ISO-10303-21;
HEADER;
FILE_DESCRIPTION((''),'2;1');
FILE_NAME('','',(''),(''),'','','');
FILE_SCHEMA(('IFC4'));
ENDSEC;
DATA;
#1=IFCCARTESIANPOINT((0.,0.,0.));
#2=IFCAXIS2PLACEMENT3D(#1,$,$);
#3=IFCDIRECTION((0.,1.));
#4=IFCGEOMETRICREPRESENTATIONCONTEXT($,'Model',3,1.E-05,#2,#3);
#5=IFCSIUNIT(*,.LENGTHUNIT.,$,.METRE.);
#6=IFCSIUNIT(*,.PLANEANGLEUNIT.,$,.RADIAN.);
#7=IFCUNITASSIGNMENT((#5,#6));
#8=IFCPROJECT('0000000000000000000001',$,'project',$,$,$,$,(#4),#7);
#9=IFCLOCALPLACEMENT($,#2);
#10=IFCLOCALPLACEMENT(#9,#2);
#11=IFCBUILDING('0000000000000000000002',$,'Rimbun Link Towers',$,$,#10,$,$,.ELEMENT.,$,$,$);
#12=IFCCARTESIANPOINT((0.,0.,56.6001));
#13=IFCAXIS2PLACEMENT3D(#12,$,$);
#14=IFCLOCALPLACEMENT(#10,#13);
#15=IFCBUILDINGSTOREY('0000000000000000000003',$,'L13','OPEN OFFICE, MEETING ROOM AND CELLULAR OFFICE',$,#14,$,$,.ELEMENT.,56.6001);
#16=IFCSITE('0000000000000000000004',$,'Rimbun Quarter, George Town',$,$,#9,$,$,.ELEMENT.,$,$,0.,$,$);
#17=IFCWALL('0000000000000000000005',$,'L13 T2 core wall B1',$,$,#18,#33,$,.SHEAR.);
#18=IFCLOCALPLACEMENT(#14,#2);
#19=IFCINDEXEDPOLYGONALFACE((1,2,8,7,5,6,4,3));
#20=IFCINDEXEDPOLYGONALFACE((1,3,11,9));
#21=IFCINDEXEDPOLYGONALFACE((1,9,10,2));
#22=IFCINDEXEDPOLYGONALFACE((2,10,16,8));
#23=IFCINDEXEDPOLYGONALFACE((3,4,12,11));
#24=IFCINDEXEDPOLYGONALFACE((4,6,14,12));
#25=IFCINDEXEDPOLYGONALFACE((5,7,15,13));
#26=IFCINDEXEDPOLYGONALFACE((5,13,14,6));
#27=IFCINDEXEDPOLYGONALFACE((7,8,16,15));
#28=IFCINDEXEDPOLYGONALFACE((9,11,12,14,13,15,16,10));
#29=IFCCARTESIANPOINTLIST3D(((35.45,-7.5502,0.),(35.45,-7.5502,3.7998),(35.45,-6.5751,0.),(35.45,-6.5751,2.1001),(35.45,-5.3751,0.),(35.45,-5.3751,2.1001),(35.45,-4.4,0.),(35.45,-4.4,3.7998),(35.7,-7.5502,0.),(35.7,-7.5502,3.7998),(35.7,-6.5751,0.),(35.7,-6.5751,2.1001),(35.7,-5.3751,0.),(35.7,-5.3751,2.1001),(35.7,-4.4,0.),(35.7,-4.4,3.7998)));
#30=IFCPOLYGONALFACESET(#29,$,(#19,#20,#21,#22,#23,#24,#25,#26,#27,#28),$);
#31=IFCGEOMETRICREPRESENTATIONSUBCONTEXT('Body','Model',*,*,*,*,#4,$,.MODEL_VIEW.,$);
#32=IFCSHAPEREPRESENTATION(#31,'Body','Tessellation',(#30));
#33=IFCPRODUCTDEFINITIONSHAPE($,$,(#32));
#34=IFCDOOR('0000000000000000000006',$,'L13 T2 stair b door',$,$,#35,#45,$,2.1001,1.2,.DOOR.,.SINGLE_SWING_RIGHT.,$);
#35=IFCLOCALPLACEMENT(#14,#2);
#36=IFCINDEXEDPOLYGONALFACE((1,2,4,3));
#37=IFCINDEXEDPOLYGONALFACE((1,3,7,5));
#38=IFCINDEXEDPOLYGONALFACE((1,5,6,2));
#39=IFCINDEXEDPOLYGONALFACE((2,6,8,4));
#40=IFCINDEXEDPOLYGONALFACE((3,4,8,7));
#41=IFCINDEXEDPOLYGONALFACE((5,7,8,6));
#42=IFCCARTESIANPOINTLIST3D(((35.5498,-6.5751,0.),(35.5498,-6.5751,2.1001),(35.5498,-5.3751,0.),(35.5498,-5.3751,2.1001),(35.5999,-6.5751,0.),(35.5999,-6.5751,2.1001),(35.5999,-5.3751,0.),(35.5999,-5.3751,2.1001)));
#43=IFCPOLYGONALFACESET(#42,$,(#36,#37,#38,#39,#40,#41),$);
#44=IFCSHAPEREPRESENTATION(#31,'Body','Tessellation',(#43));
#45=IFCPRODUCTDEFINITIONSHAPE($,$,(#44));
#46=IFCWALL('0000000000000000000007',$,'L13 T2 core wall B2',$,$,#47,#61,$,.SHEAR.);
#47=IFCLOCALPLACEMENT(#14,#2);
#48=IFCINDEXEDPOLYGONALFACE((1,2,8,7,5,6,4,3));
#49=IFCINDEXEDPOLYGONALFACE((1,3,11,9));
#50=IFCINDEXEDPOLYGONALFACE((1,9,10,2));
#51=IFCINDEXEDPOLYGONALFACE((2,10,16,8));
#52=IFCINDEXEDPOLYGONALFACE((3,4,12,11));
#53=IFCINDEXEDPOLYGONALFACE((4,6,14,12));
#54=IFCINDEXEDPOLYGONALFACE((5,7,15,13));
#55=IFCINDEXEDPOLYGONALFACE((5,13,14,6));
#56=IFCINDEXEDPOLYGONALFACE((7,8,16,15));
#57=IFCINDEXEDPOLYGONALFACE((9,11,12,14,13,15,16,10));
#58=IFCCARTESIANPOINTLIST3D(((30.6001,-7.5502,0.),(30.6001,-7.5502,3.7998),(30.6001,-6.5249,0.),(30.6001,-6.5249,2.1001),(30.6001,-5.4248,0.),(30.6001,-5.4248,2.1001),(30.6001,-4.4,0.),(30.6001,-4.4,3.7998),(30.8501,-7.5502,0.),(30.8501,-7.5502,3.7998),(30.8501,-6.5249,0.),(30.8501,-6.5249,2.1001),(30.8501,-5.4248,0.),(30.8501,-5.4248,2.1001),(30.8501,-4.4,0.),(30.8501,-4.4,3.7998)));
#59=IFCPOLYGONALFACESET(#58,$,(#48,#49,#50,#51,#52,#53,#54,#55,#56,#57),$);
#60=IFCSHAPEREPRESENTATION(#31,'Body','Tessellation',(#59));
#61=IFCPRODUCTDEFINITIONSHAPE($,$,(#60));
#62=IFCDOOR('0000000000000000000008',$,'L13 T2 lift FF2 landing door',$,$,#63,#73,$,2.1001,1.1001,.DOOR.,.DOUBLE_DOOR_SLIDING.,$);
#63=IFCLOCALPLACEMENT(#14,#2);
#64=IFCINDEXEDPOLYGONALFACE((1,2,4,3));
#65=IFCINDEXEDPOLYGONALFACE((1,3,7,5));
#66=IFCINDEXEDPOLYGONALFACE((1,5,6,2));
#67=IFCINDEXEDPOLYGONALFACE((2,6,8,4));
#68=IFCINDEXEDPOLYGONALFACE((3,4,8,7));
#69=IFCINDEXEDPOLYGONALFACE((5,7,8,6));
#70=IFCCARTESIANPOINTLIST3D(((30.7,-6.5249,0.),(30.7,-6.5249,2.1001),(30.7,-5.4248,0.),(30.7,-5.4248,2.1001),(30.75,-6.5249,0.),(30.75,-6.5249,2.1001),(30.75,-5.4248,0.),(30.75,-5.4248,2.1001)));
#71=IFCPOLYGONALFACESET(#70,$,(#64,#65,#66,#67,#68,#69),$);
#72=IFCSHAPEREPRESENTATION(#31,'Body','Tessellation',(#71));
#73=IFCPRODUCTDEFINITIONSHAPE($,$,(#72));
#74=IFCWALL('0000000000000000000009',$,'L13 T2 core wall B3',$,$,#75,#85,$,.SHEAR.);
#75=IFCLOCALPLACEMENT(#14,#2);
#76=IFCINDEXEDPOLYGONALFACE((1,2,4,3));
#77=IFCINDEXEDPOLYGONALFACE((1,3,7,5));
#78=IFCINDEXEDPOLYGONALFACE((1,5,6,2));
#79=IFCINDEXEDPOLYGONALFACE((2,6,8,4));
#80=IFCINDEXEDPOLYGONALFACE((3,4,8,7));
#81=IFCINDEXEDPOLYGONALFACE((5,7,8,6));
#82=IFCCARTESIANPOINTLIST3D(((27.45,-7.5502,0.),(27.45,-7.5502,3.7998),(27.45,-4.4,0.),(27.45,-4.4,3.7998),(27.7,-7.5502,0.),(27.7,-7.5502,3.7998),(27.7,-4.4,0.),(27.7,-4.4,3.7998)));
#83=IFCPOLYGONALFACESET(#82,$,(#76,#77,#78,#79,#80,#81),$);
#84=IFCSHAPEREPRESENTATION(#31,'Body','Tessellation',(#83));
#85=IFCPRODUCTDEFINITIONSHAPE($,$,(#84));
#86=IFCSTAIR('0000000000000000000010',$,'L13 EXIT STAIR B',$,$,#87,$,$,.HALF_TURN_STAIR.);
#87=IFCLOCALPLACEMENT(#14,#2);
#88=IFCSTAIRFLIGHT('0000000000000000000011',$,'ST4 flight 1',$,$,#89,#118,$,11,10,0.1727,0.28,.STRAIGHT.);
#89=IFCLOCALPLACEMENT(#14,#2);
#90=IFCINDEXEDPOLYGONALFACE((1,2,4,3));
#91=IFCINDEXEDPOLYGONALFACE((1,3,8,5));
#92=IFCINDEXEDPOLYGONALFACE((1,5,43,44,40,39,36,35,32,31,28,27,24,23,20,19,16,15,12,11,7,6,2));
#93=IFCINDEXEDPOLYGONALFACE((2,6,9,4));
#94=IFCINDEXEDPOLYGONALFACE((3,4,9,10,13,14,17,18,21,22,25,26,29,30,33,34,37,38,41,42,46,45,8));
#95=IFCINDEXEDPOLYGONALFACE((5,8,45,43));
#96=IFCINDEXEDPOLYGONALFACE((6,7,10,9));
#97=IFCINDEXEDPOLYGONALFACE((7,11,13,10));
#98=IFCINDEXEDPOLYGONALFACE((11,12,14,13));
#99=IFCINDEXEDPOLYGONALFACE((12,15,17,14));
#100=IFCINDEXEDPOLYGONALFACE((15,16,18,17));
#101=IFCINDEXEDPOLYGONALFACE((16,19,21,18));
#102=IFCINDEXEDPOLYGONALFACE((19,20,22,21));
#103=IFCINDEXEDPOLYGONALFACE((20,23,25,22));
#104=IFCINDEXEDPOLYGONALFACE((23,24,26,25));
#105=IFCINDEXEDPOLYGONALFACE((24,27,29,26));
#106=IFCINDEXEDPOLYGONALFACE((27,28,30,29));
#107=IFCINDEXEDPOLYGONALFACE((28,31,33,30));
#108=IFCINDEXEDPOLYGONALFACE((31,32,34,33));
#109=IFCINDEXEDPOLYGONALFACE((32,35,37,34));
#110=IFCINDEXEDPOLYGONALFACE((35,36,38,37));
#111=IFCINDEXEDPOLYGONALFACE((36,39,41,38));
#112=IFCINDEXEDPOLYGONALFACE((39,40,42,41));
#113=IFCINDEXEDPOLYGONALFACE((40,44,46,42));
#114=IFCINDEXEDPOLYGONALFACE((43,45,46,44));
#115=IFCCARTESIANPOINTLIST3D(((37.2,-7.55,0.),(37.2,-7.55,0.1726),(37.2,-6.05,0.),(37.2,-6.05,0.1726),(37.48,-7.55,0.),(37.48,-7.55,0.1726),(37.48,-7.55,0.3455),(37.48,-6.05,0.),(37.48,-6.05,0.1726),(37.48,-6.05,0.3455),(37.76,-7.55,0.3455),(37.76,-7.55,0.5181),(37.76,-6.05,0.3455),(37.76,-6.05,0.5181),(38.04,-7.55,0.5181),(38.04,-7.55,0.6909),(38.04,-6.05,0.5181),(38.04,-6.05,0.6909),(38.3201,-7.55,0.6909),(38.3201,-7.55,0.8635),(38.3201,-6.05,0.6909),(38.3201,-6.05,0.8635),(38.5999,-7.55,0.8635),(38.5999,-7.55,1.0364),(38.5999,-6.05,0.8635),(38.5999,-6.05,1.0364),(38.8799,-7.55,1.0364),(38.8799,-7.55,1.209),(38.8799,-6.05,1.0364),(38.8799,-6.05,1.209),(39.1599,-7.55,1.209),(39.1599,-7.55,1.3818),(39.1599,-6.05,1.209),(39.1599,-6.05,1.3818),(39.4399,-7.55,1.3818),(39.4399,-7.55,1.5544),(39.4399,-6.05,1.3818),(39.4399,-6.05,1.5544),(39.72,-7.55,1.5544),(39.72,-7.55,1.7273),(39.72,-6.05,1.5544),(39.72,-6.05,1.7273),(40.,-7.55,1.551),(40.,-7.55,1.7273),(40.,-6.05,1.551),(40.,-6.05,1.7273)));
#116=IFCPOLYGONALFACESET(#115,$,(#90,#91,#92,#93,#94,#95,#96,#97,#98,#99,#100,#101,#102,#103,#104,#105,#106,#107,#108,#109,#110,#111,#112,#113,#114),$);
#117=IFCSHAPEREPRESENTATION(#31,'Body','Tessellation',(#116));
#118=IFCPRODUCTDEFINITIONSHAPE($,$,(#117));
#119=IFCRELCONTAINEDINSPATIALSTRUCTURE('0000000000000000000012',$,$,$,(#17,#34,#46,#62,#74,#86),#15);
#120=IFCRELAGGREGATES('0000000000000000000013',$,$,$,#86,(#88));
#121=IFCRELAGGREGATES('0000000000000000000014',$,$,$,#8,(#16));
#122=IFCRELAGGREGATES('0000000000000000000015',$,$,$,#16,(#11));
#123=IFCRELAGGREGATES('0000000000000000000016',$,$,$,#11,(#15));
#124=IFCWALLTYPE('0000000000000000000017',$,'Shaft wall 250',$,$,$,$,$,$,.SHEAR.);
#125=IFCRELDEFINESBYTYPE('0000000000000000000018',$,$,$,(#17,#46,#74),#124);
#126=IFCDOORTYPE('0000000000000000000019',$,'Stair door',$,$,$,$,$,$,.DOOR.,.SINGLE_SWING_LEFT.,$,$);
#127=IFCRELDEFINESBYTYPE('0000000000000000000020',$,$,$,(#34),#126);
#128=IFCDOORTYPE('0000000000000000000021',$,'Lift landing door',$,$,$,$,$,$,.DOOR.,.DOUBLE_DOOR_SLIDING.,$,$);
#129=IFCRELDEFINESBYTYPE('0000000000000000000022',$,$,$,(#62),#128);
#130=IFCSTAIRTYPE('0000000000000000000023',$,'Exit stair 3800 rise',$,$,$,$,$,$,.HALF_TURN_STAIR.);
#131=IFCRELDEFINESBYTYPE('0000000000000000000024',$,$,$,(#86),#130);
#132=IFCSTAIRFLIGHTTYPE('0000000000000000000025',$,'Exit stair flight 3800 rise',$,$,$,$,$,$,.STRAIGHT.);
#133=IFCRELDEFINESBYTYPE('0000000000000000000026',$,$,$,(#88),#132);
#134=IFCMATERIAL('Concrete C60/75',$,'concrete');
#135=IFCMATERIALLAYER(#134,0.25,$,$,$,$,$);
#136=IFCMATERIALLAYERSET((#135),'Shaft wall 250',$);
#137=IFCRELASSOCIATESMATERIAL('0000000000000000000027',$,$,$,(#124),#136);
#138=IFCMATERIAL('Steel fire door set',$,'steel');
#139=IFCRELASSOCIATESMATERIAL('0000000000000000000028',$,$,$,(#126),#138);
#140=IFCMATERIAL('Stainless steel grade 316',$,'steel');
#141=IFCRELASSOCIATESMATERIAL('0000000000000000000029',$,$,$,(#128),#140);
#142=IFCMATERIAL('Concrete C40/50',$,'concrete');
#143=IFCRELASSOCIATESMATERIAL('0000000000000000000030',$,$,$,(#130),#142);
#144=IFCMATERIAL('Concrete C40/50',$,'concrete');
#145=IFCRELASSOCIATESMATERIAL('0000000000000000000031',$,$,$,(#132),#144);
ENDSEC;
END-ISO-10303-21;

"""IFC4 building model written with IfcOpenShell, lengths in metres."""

from ifc_helpers import new_model, si_unit, direction, frame, frame_2d, origin, place, context, subcontext, project, spatial, polyline, rectangle, outline, extrude, material, layer, layer_set, type_object, element, fill, aggregate, save


model = new_model("IFC4")

# Units and contexts
model_context = context("Model", 3, precision=1e-05, world=origin(), true_north=direction((0.0, 1.0)))
body_context = subcontext(model_context, "Body", "Model", "MODEL_VIEW")
ifc_project = project(units=[si_unit("LENGTHUNIT", "METRE"), si_unit("PLANEANGLEUNIT", "RADIAN")], contexts=[model_context])

# Site, building, storey
site_placement = place(None, origin())
site = spatial("IfcSite", under=ifc_project, at=site_placement, Name="Rimbun Quarter, George Town", CompositionType="ELEMENT", RefElevation=0.0)
building_placement = place(site_placement, origin())
building = spatial("IfcBuilding", under=site, at=building_placement, Name="Rimbun Link Towers", CompositionType="ELEMENT")
storey_placement = place(building_placement, frame((0.0, 0.0, 56.6001)))
storey = spatial("IfcBuildingStorey", under=building, at=storey_placement, Name="L13", Description="OPEN OFFICE, MEETING ROOM AND CELLULAR OFFICE", CompositionType="ELEMENT", Elevation=56.6001)

# Shared definitions
ifc_material_1 = material(Name="Concrete C60/75", Category="concrete")
ifc_layer = layer(ifc_material_1, 0.25)
ifc_layer_set = layer_set([ifc_layer], Name="Shaft wall 250")
wall_type = type_object("IfcWallType", Name="Shaft wall 250", PredefinedType="SHEAR", material=ifc_layer_set)

# Walls, openings, doors
wall_1_placement = place(storey_placement, frame((35.575, -4.3999, 0.0), z_axis=(0.0, 0.0, 1.0), x_axis=(0.0, -1.0, 0.0)))
wall_1 = element("IfcWall", 1, at=wall_1_placement, inside=storey, type_object=wall_type, Name="L13 T2 core wall B1", PredefinedType="SHEAR", context=body_context, shape_type="SweptSolid", body=[
    extrude(rectangle(XDim=3.1501, YDim=0.25, at=frame_2d((1.5752, 0.0))), origin(), (0.0, 0.0, 1.0), 3.7998),
])
opening_1_placement = place(wall_1_placement, frame((0.9751, 0.0, 0.0)))
opening_1 = element("IfcOpeningElement", 2, at=opening_1_placement, cuts=wall_1, PredefinedType="OPENING", context=body_context, shape_type="SweptSolid", body=[
    extrude(rectangle(XDim=1.2, YDim=2.1001, at=frame_2d((0.6001, 1.05))), frame((0.0, 0.135, 0.0), z_axis=(0.0, -1.0, 0.0), x_axis=(1.0, 0.0, 0.0)), (0.0, 0.0, 1.0), 0.27),
])
ifc_material_2 = material(Name="Steel fire door set", Category="steel")
door_type_1 = type_object("IfcDoorType", Name="Stair door", OperationType="SINGLE_SWING_LEFT", PredefinedType="DOOR", material=ifc_material_2)
door_1_placement = place(opening_1_placement, origin())
door_1 = element("IfcDoor", 3, at=door_1_placement, inside=storey, type_object=door_type_1, Name="L13 T2 stair b door", OperationType="SINGLE_SWING_RIGHT", OverallHeight=2.1001, OverallWidth=1.2, PredefinedType="DOOR", context=body_context, shape_type="SweptSolid", body=[
    extrude(rectangle(XDim=1.2, YDim=2.1001, at=frame_2d((0.6001, 1.05))), frame((0.0, 0.0249, 0.0), z_axis=(0.0, -1.0, 0.0), x_axis=(1.0, 0.0, 0.0)), (0.0, 0.0, 1.0), 0.05),
])
fill(opening_1, door_1)
wall_2_placement = place(storey_placement, frame((30.7251, -4.3999, 0.0), z_axis=(0.0, 0.0, 1.0), x_axis=(0.0, -1.0, 0.0)))
wall_2 = element("IfcWall", 4, at=wall_2_placement, inside=storey, type_object=wall_type, Name="L13 T2 core wall B2", PredefinedType="SHEAR", context=body_context, shape_type="SweptSolid", body=[
    extrude(rectangle(XDim=3.1501, YDim=0.25, at=frame_2d((1.5752, 0.0))), origin(), (0.0, 0.0, 1.0), 3.7998),
])
opening_2_placement = place(wall_2_placement, frame((1.0249, 0.0, 0.0)))
opening_2 = element("IfcOpeningElement", 5, at=opening_2_placement, cuts=wall_2, PredefinedType="OPENING", context=body_context, shape_type="SweptSolid", body=[
    extrude(rectangle(XDim=1.1001, YDim=2.1001, at=frame_2d((0.55, 1.05))), frame((0.0, 0.135, 0.0), z_axis=(0.0, -1.0, 0.0), x_axis=(1.0, 0.0, 0.0)), (0.0, 0.0, 1.0), 0.27),
])
ifc_material_3 = material(Name="Stainless steel grade 316", Category="steel")
door_type_2 = type_object("IfcDoorType", Name="Lift landing door", OperationType="DOUBLE_DOOR_SLIDING", PredefinedType="DOOR", material=ifc_material_3)
door_2_placement = place(opening_2_placement, origin())
door_2 = element("IfcDoor", 6, at=door_2_placement, inside=storey, type_object=door_type_2, Name="L13 T2 lift FF2 landing door", OperationType="DOUBLE_DOOR_SLIDING", OverallHeight=2.1001, OverallWidth=1.1001, PredefinedType="DOOR", context=body_context, shape_type="SweptSolid", body=[
    extrude(rectangle(XDim=1.1001, YDim=2.1001, at=frame_2d((0.55, 1.05))), frame((0.0, 0.0249, 0.0), z_axis=(0.0, -1.0, 0.0), x_axis=(1.0, 0.0, 0.0)), (0.0, 0.0, 1.0), 0.05),
])
fill(opening_2, door_2)

# Wall
wall_3_placement = place(storey_placement, frame((27.575, -4.3999, 0.0), z_axis=(0.0, 0.0, 1.0), x_axis=(0.0, -1.0, 0.0)))
element("IfcWall", 7, at=wall_3_placement, inside=storey, type_object=wall_type, Name="L13 T2 core wall B3", PredefinedType="SHEAR", context=body_context, shape_type="SweptSolid", body=[
    extrude(rectangle(XDim=3.1501, YDim=0.25, at=frame_2d((1.5752, 0.0))), origin(), (0.0, 0.0, 1.0), 3.7998),
])

# Stair, stair flight
ifc_material_4 = material(Name="Concrete C40/50", Category="concrete")
stair_type = type_object("IfcStairType", Name="Exit stair 3800 rise", PredefinedType="HALF_TURN_STAIR", material=ifc_material_4)
stair_placement = place(storey_placement, origin())
stair = element("IfcStair", 8, at=stair_placement, inside=storey, type_object=stair_type, Name="L13 EXIT STAIR B", PredefinedType="HALF_TURN_STAIR")
ifc_material_5 = material(Name="Concrete C40/50", Category="concrete")
stair_flight_type = type_object("IfcStairFlightType", Name="Exit stair flight 3800 rise", PredefinedType="STRAIGHT", material=ifc_material_5)
stair_flight_placement = place(storey_placement, frame((37.2, -6.8, 0.0), z_axis=(0.0, 0.0, 1.0), x_axis=(1.0, 0.0, 0.0)))
stair_flight = element("IfcStairFlight", 9, at=stair_flight_placement, type_object=stair_flight_type, Name="ST4 flight 1", NumberOfRisers=11, NumberOfTreads=10, PredefinedType="STRAIGHT", RiserHeight=0.1727, TreadLength=0.28, context=body_context, shape_type="SweptSolid", body=[
    extrude(outline(polyline([(0.0, 0.0), (0.0, 0.1726), (0.28, 0.1726), (0.28, 0.3455), (0.5601, 0.3455), (0.5601, 0.5181), (0.8401, 0.5181), (0.8401, 0.6909), (1.1201, 0.6909), (1.1201, 0.8635), (1.3999, 0.8635), (1.3999, 1.0364), (1.6799, 1.0364), (1.6799, 1.209), (1.96, 1.209), (1.96, 1.3818), (2.24, 1.3818), (2.24, 1.5544), (2.52, 1.5544), (2.52, 1.7273), (2.8, 1.7273), (2.8, 1.8999), (2.8, 1.551), (0.28, 0.0), (0.0, 0.0)])), frame((0.0, 0.75, 0.0), z_axis=(0.0, -1.0, 0.0), x_axis=(1.0, 0.0, 0.0)), (0.0, 0.0, 1.0), 1.5),
])
aggregate(stair, [stair_flight])

save(model, "model.ifc")
